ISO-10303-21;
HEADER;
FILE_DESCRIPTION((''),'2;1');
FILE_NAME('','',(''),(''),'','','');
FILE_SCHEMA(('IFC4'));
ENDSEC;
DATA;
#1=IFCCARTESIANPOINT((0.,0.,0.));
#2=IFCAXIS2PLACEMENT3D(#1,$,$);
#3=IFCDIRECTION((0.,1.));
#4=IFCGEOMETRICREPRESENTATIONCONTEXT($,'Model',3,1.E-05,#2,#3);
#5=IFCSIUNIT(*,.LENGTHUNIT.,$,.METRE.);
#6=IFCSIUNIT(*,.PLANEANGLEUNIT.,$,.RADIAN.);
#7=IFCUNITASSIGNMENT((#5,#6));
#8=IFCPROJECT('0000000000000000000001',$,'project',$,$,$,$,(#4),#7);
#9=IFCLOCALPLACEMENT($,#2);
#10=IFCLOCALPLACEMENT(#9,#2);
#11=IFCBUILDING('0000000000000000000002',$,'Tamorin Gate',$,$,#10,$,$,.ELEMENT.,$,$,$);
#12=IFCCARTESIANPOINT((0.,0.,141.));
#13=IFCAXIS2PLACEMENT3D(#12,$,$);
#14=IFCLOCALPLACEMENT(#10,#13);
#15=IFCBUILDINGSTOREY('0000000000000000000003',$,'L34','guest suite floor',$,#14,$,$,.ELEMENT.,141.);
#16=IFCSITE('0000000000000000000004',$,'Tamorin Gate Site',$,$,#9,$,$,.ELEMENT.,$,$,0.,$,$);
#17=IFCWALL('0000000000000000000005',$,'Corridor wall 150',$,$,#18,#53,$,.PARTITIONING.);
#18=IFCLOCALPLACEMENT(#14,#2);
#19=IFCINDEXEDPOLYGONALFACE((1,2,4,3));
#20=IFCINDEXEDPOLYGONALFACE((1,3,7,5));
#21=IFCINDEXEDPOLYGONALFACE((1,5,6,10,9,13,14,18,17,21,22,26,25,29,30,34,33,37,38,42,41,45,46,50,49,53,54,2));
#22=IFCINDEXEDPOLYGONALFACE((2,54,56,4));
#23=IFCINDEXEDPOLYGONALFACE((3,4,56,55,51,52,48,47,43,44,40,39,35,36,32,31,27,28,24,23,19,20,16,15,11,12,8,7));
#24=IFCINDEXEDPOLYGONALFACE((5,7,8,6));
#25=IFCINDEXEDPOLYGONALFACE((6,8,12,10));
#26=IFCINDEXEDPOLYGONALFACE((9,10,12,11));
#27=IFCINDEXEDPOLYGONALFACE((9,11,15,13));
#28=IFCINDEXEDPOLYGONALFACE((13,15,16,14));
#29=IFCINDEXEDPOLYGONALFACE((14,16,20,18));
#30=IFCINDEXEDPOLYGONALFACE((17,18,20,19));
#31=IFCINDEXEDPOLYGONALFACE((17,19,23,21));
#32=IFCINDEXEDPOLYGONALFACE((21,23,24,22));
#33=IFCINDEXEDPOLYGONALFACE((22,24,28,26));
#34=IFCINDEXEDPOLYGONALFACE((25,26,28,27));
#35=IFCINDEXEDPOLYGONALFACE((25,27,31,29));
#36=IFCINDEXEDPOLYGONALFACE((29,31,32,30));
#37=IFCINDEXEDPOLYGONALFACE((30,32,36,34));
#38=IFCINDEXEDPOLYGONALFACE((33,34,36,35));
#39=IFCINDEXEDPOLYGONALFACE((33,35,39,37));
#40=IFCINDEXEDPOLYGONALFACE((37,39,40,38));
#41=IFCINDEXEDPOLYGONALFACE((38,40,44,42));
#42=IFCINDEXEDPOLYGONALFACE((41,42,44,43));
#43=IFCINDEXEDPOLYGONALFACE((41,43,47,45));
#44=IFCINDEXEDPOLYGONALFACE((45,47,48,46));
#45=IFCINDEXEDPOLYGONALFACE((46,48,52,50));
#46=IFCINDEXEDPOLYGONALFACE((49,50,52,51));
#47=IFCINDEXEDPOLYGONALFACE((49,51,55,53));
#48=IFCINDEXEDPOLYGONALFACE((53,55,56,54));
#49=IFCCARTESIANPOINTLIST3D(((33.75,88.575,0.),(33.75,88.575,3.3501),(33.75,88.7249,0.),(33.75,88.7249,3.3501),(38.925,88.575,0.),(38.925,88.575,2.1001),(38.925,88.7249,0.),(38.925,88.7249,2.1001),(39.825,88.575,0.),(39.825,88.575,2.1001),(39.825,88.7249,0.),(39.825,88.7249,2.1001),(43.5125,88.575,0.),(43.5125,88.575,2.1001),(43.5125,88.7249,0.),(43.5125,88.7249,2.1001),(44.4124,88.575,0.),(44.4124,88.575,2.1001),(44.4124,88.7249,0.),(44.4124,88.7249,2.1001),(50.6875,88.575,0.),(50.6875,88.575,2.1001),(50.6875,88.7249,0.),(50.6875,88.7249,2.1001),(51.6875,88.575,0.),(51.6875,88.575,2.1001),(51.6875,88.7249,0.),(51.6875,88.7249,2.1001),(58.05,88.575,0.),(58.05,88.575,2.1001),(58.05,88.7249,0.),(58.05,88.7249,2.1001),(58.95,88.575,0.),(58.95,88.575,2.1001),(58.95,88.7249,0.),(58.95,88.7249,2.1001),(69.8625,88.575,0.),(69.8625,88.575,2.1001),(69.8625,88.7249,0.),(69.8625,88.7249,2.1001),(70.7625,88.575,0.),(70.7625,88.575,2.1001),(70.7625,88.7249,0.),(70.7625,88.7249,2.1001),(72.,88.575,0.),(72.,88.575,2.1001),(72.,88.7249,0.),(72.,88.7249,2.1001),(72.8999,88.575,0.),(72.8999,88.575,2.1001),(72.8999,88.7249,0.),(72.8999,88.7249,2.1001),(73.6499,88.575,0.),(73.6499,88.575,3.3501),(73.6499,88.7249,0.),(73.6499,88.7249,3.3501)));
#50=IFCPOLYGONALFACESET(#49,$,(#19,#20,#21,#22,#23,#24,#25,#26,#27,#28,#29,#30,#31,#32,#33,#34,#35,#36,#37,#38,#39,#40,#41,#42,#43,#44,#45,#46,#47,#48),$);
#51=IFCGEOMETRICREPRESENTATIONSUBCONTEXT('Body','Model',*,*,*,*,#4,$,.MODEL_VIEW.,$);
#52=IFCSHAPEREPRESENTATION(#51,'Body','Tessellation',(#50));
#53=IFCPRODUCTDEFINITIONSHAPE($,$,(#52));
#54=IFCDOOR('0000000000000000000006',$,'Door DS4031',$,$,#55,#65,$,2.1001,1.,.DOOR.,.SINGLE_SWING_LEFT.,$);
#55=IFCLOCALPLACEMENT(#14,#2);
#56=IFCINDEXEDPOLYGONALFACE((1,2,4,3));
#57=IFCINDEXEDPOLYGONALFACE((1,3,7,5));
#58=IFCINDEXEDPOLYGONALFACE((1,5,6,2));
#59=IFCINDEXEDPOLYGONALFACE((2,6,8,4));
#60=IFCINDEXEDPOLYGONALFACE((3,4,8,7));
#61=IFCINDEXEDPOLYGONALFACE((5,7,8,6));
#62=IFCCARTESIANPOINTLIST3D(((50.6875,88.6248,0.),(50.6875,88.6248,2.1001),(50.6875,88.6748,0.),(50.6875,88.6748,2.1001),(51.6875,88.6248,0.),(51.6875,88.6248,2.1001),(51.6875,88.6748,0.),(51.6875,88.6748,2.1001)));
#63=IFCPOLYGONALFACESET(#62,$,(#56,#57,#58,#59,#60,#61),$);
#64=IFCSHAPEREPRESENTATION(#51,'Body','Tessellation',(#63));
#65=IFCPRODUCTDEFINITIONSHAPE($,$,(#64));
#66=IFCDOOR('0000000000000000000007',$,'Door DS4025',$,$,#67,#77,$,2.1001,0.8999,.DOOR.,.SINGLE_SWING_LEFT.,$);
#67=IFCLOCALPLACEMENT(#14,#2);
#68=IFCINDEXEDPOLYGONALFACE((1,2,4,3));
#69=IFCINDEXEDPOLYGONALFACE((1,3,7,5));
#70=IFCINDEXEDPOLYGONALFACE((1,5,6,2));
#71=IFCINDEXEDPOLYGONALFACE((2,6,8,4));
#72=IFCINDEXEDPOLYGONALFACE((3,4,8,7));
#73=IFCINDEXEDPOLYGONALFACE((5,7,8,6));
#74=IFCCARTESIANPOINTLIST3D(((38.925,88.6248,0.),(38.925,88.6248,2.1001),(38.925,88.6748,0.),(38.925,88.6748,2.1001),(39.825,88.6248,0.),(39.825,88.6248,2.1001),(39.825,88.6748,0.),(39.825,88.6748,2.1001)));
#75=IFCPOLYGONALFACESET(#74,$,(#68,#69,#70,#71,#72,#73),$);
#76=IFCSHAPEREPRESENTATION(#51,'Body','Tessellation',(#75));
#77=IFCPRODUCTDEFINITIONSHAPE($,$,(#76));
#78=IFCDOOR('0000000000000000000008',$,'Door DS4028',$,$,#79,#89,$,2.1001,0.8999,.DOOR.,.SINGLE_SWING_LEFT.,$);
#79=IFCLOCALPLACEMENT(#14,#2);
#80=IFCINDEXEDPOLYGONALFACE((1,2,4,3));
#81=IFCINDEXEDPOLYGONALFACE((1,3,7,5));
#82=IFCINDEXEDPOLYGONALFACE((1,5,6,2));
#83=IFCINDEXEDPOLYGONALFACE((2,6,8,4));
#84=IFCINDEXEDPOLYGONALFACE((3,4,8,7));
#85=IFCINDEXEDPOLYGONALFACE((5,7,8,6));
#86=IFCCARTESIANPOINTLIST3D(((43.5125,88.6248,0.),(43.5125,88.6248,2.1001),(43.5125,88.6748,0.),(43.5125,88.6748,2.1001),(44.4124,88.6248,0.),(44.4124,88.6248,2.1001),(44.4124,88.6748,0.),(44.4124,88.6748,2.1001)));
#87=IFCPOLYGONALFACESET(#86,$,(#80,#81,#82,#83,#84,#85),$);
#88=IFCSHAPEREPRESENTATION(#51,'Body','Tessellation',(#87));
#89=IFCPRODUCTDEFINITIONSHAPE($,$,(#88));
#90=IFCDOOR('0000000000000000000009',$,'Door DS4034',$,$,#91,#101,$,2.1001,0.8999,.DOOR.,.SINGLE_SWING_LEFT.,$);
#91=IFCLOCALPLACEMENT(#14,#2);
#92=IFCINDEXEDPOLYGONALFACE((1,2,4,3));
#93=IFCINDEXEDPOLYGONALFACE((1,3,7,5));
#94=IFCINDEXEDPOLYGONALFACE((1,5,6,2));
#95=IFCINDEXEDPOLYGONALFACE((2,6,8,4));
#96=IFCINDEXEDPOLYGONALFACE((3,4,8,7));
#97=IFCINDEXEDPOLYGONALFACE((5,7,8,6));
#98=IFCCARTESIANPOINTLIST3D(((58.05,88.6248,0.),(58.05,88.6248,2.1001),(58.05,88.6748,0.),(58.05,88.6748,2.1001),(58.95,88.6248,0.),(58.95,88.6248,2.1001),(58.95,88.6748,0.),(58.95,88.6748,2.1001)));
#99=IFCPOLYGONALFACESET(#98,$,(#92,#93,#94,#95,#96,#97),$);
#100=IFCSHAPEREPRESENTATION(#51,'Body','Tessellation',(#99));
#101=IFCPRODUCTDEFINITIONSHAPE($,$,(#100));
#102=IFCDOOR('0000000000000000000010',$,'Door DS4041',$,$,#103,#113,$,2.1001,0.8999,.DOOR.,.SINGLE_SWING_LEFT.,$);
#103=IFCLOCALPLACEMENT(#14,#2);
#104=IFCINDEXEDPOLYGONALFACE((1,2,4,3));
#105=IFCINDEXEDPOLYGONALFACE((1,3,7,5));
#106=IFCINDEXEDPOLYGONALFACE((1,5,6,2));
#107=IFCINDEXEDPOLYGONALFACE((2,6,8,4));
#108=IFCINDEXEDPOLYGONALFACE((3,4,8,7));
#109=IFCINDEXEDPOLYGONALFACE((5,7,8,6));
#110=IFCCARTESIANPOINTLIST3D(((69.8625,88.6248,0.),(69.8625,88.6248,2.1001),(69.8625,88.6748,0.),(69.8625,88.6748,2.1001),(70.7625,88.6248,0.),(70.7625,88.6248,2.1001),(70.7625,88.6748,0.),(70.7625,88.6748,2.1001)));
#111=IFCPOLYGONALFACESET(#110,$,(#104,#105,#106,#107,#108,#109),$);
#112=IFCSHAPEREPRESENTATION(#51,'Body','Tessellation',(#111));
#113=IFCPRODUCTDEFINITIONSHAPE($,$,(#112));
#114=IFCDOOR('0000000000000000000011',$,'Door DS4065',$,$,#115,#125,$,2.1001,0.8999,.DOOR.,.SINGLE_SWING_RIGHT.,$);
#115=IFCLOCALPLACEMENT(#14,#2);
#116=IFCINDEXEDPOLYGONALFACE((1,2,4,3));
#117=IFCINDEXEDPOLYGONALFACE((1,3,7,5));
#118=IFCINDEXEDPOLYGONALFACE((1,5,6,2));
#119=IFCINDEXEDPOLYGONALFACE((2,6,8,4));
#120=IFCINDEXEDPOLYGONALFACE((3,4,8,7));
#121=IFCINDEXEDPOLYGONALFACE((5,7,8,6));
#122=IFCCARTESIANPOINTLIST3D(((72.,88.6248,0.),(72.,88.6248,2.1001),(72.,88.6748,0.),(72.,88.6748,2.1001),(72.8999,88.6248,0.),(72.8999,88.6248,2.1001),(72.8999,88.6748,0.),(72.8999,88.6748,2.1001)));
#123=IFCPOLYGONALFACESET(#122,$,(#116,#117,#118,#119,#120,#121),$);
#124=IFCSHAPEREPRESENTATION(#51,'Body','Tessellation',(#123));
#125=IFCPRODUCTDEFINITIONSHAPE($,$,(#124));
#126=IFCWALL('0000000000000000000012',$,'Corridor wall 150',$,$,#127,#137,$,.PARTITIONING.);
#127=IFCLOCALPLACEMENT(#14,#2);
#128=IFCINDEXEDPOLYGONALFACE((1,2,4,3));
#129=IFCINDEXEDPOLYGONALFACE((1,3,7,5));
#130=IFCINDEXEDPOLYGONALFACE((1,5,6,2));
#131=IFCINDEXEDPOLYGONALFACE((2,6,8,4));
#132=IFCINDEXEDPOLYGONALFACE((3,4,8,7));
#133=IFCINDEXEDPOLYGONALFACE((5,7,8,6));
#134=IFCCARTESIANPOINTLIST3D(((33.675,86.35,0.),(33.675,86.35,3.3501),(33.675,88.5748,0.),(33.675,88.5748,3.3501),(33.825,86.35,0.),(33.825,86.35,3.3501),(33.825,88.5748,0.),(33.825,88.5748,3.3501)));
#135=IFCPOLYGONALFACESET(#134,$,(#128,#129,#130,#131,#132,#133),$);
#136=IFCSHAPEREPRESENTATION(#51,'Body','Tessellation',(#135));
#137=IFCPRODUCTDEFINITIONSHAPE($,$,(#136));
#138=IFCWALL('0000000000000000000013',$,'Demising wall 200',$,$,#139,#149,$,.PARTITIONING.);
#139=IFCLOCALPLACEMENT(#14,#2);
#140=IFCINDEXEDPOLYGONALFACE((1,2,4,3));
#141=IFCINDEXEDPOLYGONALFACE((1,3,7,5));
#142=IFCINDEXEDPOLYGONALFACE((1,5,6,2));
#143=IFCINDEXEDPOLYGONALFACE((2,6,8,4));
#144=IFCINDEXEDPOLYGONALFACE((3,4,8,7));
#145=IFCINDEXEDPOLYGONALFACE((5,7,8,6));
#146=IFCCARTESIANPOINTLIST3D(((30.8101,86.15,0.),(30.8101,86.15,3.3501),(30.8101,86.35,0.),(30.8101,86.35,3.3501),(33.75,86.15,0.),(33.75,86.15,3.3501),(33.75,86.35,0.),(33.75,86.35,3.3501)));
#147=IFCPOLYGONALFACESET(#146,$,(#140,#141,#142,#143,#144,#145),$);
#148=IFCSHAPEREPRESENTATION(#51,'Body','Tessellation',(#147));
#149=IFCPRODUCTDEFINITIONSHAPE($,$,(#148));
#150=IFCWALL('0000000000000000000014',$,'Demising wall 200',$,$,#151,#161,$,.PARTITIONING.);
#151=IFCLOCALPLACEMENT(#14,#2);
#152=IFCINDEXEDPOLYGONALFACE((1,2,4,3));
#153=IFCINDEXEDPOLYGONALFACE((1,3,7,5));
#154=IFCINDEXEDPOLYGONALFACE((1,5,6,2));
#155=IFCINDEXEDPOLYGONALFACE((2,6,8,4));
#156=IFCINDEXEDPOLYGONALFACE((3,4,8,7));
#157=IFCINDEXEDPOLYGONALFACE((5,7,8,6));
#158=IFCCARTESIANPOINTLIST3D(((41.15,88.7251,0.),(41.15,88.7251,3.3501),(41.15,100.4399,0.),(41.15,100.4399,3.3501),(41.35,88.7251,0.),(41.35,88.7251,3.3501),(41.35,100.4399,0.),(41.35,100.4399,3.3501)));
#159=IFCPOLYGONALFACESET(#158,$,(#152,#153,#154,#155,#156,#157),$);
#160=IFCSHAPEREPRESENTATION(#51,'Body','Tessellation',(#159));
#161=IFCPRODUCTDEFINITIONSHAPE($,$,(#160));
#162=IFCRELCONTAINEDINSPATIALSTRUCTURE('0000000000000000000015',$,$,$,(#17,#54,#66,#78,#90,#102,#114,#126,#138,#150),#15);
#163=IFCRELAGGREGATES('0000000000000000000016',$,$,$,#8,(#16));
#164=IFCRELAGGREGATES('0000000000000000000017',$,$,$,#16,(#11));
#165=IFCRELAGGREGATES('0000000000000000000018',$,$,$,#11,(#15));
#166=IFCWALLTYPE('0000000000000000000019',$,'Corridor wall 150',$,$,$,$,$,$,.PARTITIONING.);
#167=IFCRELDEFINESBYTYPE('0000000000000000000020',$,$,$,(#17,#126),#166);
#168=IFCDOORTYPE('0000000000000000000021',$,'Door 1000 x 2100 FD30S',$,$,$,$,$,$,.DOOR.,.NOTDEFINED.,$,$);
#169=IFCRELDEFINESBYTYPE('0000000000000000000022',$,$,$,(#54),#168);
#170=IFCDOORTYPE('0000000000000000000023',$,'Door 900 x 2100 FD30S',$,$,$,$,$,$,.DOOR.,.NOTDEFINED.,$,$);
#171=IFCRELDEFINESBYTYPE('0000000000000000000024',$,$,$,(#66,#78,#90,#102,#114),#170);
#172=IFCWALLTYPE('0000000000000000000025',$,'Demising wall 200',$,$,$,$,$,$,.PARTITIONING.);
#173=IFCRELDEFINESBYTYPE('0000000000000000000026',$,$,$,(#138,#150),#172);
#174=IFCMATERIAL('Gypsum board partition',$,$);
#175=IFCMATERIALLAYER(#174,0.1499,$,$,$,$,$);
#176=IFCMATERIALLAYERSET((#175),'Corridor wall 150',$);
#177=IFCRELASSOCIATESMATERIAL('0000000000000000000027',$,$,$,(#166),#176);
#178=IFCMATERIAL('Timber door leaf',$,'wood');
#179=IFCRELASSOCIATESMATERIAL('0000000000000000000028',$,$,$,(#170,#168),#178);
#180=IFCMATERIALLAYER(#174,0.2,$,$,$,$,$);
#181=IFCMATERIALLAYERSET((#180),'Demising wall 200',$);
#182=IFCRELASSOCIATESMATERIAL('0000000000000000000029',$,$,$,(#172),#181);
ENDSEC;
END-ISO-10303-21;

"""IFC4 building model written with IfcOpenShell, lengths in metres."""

from ifc_helpers import new_model, si_unit, direction, frame, frame_2d, origin, place, context, subcontext, project, spatial, rectangle, extrude, material, layer, layer_set, type_object, element, fill, save


model = new_model("IFC4")

# Units and contexts
model_context = context("Model", 3, precision=1e-05, world=origin(), true_north=direction((0.0, 1.0)))
body_context = subcontext(model_context, "Body", "Model", "MODEL_VIEW")
ifc_project = project(units=[si_unit("LENGTHUNIT", "METRE"), si_unit("PLANEANGLEUNIT", "RADIAN")], contexts=[model_context])

# Site, building, storey
site_placement = place(None, origin())
site = spatial("IfcSite", under=ifc_project, at=site_placement, Name="Tamorin Gate Site", CompositionType="ELEMENT", RefElevation=0.0)
building_placement = place(site_placement, origin())
building = spatial("IfcBuilding", under=site, at=building_placement, Name="Tamorin Gate", CompositionType="ELEMENT")
storey_placement = place(building_placement, frame((0.0, 0.0, 141.0)))
storey = spatial("IfcBuildingStorey", under=building, at=storey_placement, Name="L34", Description="guest suite floor", CompositionType="ELEMENT", Elevation=141.0)

# Wall, openings, doors
ifc_material_1 = material(Name="Gypsum board partition")
ifc_layer_1 = layer(ifc_material_1, 0.1499)
ifc_layer_set_1 = layer_set([ifc_layer_1], Name="Corridor wall 150")
wall_type_1 = type_object("IfcWallType", Name="Corridor wall 150", PredefinedType="PARTITIONING", material=ifc_layer_set_1)
ifc_material_2 = material(Name="Timber door leaf", Category="wood")
door_type_1 = type_object("IfcDoorType", Name="Door 900 x 2100 FD30S", OperationType="NOTDEFINED", PredefinedType="DOOR", material=ifc_material_2)
wall_1_placement = place(storey_placement, frame((33.75, 88.6499, 0.0), z_axis=(0.0, 0.0, 1.0), x_axis=(1.0, 0.0, 0.0)))
wall_1 = element("IfcWall", 1, at=wall_1_placement, inside=storey, type_object=wall_type_1, Name="Corridor wall 150", PredefinedType="PARTITIONING", context=body_context, shape_type="SweptSolid", body=[
    extrude(rectangle(XDim=39.8999, YDim=0.1499, at=frame_2d((19.95, 0.0))), origin(), (0.0, 0.0, 1.0), 3.3501),
])
opening_1_placement = place(wall_1_placement, frame((5.175, 0.0, 0.0)))
opening_1 = element("IfcOpeningElement", 2, at=opening_1_placement, cuts=wall_1, PredefinedType="OPENING", context=body_context, shape_type="SweptSolid", body=[
    extrude(rectangle(XDim=0.8999, YDim=2.1001, at=frame_2d((0.45, 1.05))), frame((0.0, 0.085, 0.0), z_axis=(0.0, -1.0, 0.0), x_axis=(1.0, 0.0, 0.0)), (0.0, 0.0, 1.0), 0.1699),
])
opening_2_placement = place(wall_1_placement, frame((9.7625, 0.0, 0.0)))
opening_2 = element("IfcOpeningElement", 3, at=opening_2_placement, cuts=wall_1, PredefinedType="OPENING", context=body_context, shape_type="SweptSolid", body=[
    extrude(rectangle(XDim=0.8999, YDim=2.1001, at=frame_2d((0.45, 1.05))), frame((0.0, 0.085, 0.0), z_axis=(0.0, -1.0, 0.0), x_axis=(1.0, 0.0, 0.0)), (0.0, 0.0, 1.0), 0.1699),
])
opening_3_placement = place(wall_1_placement, frame((16.9375, 0.0, 0.0)))
opening_3 = element("IfcOpeningElement", 4, at=opening_3_placement, cuts=wall_1, PredefinedType="OPENING", context=body_context, shape_type="SweptSolid", body=[
    extrude(rectangle(XDim=1.0, YDim=2.1001, at=frame_2d((0.5, 1.05))), frame((0.0, 0.085, 0.0), z_axis=(0.0, -1.0, 0.0), x_axis=(1.0, 0.0, 0.0)), (0.0, 0.0, 1.0), 0.1699),
])
opening_4_placement = place(wall_1_placement, frame((24.3, 0.0, 0.0)))
opening_4 = element("IfcOpeningElement", 5, at=opening_4_placement, cuts=wall_1, PredefinedType="OPENING", context=body_context, shape_type="SweptSolid", body=[
    extrude(rectangle(XDim=0.8999, YDim=2.1001, at=frame_2d((0.45, 1.05))), frame((0.0, 0.085, 0.0), z_axis=(0.0, -1.0, 0.0), x_axis=(1.0, 0.0, 0.0)), (0.0, 0.0, 1.0), 0.1699),
])
opening_5_placement = place(wall_1_placement, frame((36.1125, 0.0, 0.0)))
opening_5 = element("IfcOpeningElement", 6, at=opening_5_placement, cuts=wall_1, PredefinedType="OPENING", context=body_context, shape_type="SweptSolid", body=[
    extrude(rectangle(XDim=0.8999, YDim=2.1001, at=frame_2d((0.45, 1.05))), frame((0.0, 0.085, 0.0), z_axis=(0.0, -1.0, 0.0), x_axis=(1.0, 0.0, 0.0)), (0.0, 0.0, 1.0), 0.1699),
])
opening_6_placement = place(wall_1_placement, frame((38.25, 0.0, 0.0)))
opening_6 = element("IfcOpeningElement", 7, at=opening_6_placement, cuts=wall_1, PredefinedType="OPENING", context=body_context, shape_type="SweptSolid", body=[
    extrude(rectangle(XDim=0.8999, YDim=2.1001, at=frame_2d((0.45, 1.05))), frame((0.0, 0.085, 0.0), z_axis=(0.0, -1.0, 0.0), x_axis=(1.0, 0.0, 0.0)), (0.0, 0.0, 1.0), 0.1699),
])
door_type_2 = type_object("IfcDoorType", Name="Door 1000 x 2100 FD30S", OperationType="NOTDEFINED", PredefinedType="DOOR", material=ifc_material_2)
door_1_placement = place(opening_3_placement, origin())
door_1 = element("IfcDoor", 8, at=door_1_placement, inside=storey, type_object=door_type_2, Name="Door DS4031", OperationType="SINGLE_SWING_LEFT", OverallHeight=2.1001, OverallWidth=1.0, PredefinedType="DOOR", context=body_context, shape_type="SweptSolid", body=[
    extrude(rectangle(XDim=1.0, YDim=2.1001, at=frame_2d((0.5, 1.05))), frame((0.0, 0.0249, 0.0), z_axis=(0.0, -1.0, 0.0), x_axis=(1.0, 0.0, 0.0)), (0.0, 0.0, 1.0), 0.05),
])
fill(opening_3, door_1)
door_2_placement = place(opening_1_placement, origin())
door_2 = element("IfcDoor", 9, at=door_2_placement, inside=storey, type_object=door_type_1, Name="Door DS4025", OperationType="SINGLE_SWING_LEFT", OverallHeight=2.1001, OverallWidth=0.8999, PredefinedType="DOOR", context=body_context, shape_type="SweptSolid", body=[
    extrude(rectangle(XDim=0.8999, YDim=2.1001, at=frame_2d((0.45, 1.05))), frame((0.0, 0.0249, 0.0), z_axis=(0.0, -1.0, 0.0), x_axis=(1.0, 0.0, 0.0)), (0.0, 0.0, 1.0), 0.05),
])
fill(opening_1, door_2)
door_3_placement = place(opening_2_placement, origin())
door_3 = element("IfcDoor", 10, at=door_3_placement, inside=storey, type_object=door_type_1, Name="Door DS4028", OperationType="SINGLE_SWING_LEFT", OverallHeight=2.1001, OverallWidth=0.8999, PredefinedType="DOOR", context=body_context, shape_type="SweptSolid", body=[
    extrude(rectangle(XDim=0.8999, YDim=2.1001, at=frame_2d((0.45, 1.05))), frame((0.0, 0.0249, 0.0), z_axis=(0.0, -1.0, 0.0), x_axis=(1.0, 0.0, 0.0)), (0.0, 0.0, 1.0), 0.05),
])
fill(opening_2, door_3)
door_4_placement = place(opening_4_placement, origin())
door_4 = element("IfcDoor", 11, at=door_4_placement, inside=storey, type_object=door_type_1, Name="Door DS4034", OperationType="SINGLE_SWING_LEFT", OverallHeight=2.1001, OverallWidth=0.8999, PredefinedType="DOOR", context=body_context, shape_type="SweptSolid", body=[
    extrude(rectangle(XDim=0.8999, YDim=2.1001, at=frame_2d((0.45, 1.05))), frame((0.0, 0.0249, 0.0), z_axis=(0.0, -1.0, 0.0), x_axis=(1.0, 0.0, 0.0)), (0.0, 0.0, 1.0), 0.05),
])
fill(opening_4, door_4)
door_5_placement = place(opening_5_placement, origin())
door_5 = element("IfcDoor", 12, at=door_5_placement, inside=storey, type_object=door_type_1, Name="Door DS4041", OperationType="SINGLE_SWING_LEFT", OverallHeight=2.1001, OverallWidth=0.8999, PredefinedType="DOOR", context=body_context, shape_type="SweptSolid", body=[
    extrude(rectangle(XDim=0.8999, YDim=2.1001, at=frame_2d((0.45, 1.05))), frame((0.0, 0.0249, 0.0), z_axis=(0.0, -1.0, 0.0), x_axis=(1.0, 0.0, 0.0)), (0.0, 0.0, 1.0), 0.05),
])
fill(opening_5, door_5)
door_6_placement = place(opening_6_placement, origin())
door_6 = element("IfcDoor", 13, at=door_6_placement, inside=storey, type_object=door_type_1, Name="Door DS4065", OperationType="SINGLE_SWING_RIGHT", OverallHeight=2.1001, OverallWidth=0.8999, PredefinedType="DOOR", context=body_context, shape_type="SweptSolid", body=[
    extrude(rectangle(XDim=0.8999, YDim=2.1001, at=frame_2d((0.45, 1.05))), frame((0.0, 0.0249, 0.0), z_axis=(0.0, -1.0, 0.0), x_axis=(1.0, 0.0, 0.0)), (0.0, 0.0, 1.0), 0.05),
])
fill(opening_6, door_6)

# Walls
wall_2_placement = place(storey_placement, frame((33.75, 86.3501, 0.0), z_axis=(0.0, 0.0, 1.0), x_axis=(0.0, 1.0, 0.0)))
element("IfcWall", 14, at=wall_2_placement, inside=storey, type_object=wall_type_1, Name="Corridor wall 150", PredefinedType="PARTITIONING", context=body_context, shape_type="SweptSolid", body=[
    extrude(rectangle(XDim=2.2249, YDim=0.1499, at=frame_2d((1.1123, 0.0))), origin(), (0.0, 0.0, 1.0), 3.3501),
])
ifc_layer_2 = layer(ifc_material_1, 0.2)
ifc_layer_set_2 = layer_set([ifc_layer_2], Name="Demising wall 200")
wall_type_2 = type_object("IfcWallType", Name="Demising wall 200", PredefinedType="PARTITIONING", material=ifc_layer_set_2)
wall_3_placement = place(storey_placement, frame((30.8101, 86.25, 0.0), z_axis=(0.0, 0.0, 1.0), x_axis=(1.0, 0.0, 0.0)))
element("IfcWall", 15, at=wall_3_placement, inside=storey, type_object=wall_type_2, Name="Demising wall 200", PredefinedType="PARTITIONING", context=body_context, shape_type="SweptSolid", body=[
    extrude(rectangle(XDim=2.9399, YDim=0.2, at=frame_2d((1.47, 0.0))), origin(), (0.0, 0.0, 1.0), 3.3501),
])
wall_4_placement = place(storey_placement, frame((41.25, 88.7251, 0.0), z_axis=(0.0, 0.0, 1.0), x_axis=(0.0, 1.0, 0.0)))
element("IfcWall", 16, at=wall_4_placement, inside=storey, type_object=wall_type_2, Name="Demising wall 200", PredefinedType="PARTITIONING", context=body_context, shape_type="SweptSolid", body=[
    extrude(rectangle(XDim=11.7148, YDim=0.2, at=frame_2d((5.8574, 0.0))), origin(), (0.0, 0.0, 1.0), 3.3501),
])

save(model, "model.ifc")
